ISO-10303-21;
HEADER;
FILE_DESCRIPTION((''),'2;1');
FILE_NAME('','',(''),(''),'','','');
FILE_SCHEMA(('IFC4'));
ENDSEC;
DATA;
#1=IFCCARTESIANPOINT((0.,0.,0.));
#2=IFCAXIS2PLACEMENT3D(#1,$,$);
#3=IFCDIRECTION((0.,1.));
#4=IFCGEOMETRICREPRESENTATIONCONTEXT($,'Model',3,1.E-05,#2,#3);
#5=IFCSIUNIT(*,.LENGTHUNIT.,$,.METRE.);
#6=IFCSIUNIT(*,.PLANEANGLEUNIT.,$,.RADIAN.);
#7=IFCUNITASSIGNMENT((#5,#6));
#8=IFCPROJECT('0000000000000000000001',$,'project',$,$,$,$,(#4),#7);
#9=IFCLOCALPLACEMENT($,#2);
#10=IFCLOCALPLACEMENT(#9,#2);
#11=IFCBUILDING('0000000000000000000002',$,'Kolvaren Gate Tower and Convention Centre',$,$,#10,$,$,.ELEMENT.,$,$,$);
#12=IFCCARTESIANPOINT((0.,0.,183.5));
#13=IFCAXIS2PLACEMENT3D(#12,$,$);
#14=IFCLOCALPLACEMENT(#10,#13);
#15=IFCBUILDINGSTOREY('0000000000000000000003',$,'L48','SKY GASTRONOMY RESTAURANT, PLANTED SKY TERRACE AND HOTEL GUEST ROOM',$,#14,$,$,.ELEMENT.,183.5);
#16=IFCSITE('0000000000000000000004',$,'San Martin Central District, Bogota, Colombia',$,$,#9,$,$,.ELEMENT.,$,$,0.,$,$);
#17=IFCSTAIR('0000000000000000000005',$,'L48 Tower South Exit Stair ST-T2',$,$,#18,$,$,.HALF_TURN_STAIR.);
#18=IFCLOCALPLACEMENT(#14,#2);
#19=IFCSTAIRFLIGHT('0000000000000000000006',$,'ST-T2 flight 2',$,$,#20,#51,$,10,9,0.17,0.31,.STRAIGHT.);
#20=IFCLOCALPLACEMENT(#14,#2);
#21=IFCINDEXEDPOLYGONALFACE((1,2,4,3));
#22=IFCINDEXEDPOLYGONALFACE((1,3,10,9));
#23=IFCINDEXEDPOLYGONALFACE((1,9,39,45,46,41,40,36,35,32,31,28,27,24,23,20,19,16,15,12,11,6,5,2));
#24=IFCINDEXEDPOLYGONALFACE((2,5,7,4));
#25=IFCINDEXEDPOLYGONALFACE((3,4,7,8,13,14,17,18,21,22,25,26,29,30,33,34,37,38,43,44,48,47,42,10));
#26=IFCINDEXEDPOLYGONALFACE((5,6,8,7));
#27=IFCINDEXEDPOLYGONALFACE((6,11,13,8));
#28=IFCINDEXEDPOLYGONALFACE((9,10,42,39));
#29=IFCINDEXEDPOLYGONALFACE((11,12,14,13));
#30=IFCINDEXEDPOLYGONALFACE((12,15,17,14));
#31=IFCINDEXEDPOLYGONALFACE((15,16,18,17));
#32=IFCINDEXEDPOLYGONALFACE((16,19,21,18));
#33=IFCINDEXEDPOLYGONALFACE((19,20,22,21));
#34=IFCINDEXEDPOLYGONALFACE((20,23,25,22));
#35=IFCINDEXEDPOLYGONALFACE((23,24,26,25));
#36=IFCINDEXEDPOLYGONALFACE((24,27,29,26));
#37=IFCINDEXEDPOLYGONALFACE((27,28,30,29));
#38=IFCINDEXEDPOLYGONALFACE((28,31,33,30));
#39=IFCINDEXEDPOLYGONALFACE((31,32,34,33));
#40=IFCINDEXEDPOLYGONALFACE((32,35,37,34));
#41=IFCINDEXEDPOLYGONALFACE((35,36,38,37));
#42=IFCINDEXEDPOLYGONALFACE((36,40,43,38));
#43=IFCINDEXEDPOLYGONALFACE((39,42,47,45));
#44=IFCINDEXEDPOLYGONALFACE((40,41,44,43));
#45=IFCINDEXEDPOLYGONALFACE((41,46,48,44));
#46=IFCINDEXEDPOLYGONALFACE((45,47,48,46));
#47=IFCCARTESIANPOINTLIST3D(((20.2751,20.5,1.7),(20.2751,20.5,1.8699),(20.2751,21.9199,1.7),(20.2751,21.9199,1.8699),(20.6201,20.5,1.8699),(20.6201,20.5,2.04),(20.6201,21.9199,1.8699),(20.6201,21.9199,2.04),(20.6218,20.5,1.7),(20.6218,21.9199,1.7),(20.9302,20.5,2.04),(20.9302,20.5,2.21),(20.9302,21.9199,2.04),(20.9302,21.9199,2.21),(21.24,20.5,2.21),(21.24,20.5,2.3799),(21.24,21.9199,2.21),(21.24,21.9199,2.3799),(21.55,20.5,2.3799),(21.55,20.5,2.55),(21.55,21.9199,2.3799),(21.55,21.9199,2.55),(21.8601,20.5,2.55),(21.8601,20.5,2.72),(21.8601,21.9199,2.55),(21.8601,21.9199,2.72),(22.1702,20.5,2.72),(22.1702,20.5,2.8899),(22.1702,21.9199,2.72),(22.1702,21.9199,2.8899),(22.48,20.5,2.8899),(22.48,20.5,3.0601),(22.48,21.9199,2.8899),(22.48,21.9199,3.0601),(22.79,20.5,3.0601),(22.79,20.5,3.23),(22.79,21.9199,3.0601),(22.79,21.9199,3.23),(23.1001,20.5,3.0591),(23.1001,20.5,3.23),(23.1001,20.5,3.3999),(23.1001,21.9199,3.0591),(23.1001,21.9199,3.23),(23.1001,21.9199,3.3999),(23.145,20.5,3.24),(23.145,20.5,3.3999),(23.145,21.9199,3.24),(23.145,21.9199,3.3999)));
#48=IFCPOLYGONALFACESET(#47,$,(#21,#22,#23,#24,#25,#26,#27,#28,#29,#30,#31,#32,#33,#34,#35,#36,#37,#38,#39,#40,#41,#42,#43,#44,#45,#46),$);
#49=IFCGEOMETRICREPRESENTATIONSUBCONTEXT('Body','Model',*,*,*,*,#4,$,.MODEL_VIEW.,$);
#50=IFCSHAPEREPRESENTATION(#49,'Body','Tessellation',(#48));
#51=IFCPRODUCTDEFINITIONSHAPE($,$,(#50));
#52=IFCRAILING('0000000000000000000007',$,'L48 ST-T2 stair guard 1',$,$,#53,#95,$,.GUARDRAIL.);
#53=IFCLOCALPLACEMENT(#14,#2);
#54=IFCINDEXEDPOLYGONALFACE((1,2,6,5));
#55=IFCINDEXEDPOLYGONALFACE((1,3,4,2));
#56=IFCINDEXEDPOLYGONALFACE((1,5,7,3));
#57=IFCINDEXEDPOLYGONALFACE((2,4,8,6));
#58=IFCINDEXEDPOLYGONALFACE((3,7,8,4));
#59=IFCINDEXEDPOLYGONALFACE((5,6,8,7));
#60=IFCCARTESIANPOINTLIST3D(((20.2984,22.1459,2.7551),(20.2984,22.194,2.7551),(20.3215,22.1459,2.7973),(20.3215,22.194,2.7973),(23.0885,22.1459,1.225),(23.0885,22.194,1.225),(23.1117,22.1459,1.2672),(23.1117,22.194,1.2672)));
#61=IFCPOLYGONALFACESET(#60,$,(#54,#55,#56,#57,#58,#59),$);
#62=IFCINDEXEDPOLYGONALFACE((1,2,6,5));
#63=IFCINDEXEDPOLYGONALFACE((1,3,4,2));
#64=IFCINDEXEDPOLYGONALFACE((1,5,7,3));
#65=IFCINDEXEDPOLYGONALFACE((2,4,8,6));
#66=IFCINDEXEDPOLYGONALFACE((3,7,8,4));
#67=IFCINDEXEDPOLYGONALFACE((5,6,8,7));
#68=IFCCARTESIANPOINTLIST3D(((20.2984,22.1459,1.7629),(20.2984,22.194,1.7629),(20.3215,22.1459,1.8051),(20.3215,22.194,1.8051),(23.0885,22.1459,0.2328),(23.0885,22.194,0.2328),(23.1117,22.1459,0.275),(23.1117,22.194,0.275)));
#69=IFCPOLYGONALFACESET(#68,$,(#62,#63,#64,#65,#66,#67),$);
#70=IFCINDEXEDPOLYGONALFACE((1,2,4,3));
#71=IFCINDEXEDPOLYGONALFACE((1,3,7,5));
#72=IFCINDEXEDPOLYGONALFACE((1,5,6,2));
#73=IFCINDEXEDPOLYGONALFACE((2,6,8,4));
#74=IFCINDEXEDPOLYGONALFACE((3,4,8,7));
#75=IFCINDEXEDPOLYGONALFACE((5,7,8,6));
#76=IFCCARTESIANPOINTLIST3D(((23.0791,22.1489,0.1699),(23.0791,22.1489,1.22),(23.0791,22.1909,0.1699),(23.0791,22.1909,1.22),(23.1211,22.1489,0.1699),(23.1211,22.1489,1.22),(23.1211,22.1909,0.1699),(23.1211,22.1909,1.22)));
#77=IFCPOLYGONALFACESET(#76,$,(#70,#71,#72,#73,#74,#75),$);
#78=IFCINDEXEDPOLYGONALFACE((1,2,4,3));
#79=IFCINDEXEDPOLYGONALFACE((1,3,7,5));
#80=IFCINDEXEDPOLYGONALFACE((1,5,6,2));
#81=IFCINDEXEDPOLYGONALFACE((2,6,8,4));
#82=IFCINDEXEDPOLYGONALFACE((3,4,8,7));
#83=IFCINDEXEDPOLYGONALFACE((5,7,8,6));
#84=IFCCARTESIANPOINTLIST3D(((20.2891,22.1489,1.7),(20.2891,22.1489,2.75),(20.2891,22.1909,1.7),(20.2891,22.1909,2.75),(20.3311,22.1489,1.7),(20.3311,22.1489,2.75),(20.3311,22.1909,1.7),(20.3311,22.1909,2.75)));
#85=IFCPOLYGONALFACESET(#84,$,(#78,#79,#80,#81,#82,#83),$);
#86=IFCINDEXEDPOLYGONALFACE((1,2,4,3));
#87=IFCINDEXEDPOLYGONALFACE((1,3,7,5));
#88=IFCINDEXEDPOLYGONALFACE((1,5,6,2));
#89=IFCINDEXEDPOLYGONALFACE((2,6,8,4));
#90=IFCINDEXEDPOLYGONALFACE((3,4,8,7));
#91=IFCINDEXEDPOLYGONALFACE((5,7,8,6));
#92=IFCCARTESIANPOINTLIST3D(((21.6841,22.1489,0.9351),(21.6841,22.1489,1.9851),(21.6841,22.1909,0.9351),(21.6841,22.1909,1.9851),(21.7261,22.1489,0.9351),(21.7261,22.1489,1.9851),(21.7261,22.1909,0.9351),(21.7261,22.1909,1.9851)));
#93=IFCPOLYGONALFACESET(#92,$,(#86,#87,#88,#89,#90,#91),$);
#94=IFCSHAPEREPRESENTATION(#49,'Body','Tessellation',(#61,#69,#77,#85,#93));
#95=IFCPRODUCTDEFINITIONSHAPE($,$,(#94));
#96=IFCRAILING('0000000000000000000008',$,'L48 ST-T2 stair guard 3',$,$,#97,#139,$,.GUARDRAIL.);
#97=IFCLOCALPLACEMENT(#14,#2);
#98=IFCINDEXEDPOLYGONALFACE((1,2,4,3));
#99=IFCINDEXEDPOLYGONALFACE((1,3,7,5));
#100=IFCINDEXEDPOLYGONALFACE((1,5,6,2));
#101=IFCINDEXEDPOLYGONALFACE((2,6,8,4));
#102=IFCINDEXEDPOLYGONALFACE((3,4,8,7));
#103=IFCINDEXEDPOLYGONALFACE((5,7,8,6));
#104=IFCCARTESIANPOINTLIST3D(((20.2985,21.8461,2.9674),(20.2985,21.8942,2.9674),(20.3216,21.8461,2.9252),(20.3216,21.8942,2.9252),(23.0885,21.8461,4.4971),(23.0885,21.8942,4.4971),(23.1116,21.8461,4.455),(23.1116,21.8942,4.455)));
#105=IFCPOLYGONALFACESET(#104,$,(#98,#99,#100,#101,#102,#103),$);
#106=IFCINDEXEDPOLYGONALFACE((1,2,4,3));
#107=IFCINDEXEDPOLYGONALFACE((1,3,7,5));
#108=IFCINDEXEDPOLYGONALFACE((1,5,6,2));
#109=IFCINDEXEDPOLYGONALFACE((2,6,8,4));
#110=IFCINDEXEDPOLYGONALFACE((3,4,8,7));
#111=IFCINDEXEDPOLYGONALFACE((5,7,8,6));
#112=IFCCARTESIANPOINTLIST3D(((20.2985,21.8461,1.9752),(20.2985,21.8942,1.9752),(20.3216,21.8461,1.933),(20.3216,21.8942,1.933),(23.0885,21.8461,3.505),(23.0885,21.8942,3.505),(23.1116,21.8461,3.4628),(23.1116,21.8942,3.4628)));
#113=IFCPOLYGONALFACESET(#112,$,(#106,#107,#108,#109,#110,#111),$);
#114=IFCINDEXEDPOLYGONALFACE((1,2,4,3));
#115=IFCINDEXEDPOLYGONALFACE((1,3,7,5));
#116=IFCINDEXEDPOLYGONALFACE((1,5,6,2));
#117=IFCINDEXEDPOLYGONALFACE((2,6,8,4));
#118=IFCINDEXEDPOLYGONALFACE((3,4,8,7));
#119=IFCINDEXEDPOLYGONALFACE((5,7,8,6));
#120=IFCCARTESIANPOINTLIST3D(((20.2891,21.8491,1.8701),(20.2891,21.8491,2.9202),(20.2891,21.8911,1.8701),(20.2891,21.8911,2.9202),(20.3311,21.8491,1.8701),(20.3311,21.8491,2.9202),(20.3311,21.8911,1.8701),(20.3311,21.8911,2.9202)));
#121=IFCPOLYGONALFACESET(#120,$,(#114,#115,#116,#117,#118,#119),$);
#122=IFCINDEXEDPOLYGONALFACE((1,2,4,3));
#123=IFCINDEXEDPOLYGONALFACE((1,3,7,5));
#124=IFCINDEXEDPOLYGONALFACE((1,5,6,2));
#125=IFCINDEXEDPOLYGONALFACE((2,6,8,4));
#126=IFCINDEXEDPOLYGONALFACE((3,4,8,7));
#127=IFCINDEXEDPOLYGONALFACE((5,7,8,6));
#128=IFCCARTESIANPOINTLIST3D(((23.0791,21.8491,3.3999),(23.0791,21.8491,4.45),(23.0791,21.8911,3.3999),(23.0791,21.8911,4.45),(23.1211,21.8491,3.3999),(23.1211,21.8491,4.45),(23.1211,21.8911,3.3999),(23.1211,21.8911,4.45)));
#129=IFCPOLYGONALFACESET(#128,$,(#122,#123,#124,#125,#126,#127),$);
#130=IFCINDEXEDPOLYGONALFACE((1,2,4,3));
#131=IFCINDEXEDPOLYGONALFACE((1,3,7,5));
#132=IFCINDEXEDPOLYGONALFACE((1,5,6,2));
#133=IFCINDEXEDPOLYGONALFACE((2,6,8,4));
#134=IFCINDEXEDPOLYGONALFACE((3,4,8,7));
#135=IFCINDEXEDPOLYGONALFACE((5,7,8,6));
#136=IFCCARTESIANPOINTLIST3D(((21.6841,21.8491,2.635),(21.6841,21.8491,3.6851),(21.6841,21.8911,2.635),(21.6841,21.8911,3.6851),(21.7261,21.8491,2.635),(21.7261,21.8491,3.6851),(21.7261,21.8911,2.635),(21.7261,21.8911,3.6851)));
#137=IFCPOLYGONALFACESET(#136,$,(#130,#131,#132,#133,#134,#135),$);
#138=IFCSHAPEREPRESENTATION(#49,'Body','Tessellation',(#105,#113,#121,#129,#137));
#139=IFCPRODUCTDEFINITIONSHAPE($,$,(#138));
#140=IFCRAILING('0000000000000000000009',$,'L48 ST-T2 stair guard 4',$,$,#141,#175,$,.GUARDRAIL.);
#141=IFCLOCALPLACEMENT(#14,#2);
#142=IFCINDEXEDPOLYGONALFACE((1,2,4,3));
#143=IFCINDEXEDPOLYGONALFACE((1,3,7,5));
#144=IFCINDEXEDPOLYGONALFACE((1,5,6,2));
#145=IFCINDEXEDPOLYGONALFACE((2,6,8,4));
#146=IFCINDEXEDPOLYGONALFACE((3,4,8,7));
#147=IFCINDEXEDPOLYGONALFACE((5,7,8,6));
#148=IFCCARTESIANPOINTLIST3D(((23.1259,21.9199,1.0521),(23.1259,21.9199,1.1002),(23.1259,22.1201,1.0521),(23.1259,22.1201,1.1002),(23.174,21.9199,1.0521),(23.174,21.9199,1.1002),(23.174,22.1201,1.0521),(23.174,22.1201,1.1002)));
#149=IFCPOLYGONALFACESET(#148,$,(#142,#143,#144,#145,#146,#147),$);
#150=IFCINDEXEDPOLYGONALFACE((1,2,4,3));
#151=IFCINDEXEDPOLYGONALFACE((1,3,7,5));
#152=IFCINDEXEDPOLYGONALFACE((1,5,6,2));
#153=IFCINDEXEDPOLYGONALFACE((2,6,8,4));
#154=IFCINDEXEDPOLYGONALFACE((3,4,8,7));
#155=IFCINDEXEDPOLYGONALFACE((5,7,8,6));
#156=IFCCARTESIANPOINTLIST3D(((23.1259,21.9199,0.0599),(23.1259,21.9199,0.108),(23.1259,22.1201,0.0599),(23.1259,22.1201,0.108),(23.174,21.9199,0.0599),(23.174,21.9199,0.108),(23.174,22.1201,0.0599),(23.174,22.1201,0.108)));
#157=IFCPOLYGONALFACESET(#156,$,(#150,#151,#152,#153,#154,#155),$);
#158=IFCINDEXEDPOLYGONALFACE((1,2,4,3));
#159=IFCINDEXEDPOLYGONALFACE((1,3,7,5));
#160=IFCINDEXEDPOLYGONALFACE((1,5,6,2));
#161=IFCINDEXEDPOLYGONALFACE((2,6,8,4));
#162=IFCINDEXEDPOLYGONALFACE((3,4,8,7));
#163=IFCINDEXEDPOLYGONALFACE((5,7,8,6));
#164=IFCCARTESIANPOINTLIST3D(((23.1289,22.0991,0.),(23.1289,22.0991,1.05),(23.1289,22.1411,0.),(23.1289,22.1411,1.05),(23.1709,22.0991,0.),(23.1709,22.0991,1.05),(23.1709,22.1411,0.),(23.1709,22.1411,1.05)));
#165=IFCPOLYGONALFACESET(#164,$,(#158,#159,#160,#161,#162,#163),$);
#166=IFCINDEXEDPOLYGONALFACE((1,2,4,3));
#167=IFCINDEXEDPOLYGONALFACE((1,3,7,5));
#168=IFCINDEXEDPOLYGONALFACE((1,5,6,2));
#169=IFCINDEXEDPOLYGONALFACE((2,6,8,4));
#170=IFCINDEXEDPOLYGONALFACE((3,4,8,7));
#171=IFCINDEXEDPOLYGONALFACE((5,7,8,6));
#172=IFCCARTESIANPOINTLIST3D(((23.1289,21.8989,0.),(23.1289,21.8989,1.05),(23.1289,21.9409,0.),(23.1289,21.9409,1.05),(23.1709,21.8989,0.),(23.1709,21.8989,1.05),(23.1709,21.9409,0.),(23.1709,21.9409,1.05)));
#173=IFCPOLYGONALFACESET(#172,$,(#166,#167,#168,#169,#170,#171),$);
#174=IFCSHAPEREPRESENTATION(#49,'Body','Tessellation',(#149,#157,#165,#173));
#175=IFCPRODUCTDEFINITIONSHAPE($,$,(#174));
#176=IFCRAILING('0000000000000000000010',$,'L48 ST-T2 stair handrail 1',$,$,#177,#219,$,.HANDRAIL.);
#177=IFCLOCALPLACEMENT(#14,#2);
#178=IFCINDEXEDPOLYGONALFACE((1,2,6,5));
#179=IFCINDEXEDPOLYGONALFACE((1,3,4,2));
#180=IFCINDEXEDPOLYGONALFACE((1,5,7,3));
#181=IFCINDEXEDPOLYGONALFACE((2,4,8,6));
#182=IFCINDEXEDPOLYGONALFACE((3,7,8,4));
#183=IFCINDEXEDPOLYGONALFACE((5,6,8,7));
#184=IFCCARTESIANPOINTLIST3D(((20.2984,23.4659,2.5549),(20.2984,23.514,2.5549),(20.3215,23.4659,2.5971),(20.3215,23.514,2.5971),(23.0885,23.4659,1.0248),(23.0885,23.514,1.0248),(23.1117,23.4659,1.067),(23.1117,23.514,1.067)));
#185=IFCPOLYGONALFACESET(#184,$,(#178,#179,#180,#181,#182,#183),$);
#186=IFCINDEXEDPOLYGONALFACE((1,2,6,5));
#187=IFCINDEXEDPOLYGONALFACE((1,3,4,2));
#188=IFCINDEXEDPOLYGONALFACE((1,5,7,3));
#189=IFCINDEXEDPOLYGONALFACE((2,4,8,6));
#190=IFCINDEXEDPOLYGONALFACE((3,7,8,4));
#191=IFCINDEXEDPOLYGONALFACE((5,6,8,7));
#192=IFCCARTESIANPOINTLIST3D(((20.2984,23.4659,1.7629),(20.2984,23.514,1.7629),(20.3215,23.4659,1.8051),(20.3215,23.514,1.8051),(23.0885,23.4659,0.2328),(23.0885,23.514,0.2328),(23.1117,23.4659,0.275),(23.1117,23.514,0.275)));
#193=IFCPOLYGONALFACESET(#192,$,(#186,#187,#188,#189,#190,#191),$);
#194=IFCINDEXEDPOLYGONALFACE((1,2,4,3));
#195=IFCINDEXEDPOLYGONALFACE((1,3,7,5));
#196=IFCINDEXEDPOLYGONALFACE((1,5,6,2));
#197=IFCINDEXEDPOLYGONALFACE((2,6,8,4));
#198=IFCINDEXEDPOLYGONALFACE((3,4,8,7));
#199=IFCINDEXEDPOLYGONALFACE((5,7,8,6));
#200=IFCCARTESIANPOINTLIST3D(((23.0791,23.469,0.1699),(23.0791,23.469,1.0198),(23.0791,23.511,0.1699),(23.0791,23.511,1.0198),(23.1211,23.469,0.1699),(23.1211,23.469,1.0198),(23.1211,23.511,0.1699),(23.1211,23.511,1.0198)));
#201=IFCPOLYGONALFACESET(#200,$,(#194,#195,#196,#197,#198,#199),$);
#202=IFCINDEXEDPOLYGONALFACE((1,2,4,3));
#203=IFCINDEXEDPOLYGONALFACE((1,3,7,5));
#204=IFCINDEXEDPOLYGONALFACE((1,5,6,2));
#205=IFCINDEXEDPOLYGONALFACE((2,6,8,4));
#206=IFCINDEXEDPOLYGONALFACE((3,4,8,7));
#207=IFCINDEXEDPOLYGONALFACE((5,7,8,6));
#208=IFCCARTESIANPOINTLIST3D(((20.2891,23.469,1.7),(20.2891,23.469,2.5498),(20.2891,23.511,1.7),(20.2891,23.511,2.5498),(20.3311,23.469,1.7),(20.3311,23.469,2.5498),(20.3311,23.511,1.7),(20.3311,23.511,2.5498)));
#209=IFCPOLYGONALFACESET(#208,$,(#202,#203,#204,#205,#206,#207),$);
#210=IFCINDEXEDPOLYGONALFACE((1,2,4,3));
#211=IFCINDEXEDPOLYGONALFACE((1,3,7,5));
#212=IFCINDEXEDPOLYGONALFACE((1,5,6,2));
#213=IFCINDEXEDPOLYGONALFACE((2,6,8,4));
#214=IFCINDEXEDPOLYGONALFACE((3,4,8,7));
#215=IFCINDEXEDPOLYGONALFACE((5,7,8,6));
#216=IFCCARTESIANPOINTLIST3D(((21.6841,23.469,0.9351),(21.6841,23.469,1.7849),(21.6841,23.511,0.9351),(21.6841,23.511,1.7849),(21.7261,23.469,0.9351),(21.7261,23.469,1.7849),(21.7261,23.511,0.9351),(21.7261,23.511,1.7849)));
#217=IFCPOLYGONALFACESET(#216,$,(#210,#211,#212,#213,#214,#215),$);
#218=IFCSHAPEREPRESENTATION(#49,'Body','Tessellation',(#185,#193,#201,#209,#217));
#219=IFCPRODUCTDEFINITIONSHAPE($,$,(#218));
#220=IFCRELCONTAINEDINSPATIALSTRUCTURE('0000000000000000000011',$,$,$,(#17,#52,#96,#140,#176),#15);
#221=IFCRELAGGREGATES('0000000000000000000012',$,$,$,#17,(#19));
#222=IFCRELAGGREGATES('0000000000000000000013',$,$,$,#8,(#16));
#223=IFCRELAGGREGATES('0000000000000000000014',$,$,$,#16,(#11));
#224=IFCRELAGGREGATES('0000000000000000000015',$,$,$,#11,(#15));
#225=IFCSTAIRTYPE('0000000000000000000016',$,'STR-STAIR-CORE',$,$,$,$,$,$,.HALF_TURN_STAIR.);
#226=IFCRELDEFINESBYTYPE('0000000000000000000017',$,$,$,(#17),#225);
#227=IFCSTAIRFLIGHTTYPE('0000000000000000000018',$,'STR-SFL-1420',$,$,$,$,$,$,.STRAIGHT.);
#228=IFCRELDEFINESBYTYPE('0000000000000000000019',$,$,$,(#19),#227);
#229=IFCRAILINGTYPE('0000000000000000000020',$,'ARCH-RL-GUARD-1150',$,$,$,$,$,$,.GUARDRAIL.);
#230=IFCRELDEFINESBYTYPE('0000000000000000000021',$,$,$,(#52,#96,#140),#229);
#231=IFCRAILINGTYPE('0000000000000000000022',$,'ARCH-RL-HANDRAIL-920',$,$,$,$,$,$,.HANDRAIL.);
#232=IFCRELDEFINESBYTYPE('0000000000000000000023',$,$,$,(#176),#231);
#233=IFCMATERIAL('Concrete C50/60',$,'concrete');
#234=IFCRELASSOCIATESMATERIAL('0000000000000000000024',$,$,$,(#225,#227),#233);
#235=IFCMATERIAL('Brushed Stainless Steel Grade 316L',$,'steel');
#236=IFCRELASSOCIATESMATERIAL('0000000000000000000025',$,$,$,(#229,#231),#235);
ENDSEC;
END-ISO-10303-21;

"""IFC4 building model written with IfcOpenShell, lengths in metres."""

from ifc_helpers import new_model, si_unit, direction, frame, origin, origin_2d, place, context, subcontext, project, spatial, polyline, rectangle, outline, extrude, material, type_object, element, aggregate, save


model = new_model("IFC4")

# Units and contexts
model_context = context("Model", 3, precision=1e-05, world=origin(), true_north=direction((0.0, 1.0)))
body_context = subcontext(model_context, "Body", "Model", "MODEL_VIEW")
ifc_project = project(units=[si_unit("LENGTHUNIT", "METRE"), si_unit("PLANEANGLEUNIT", "RADIAN")], contexts=[model_context])

# Site, building, storey
site_placement = place(None, origin())
site = spatial("IfcSite", under=ifc_project, at=site_placement, Name="San Martin Central District, Bogota, Colombia", CompositionType="ELEMENT", RefElevation=0.0)
building_placement = place(site_placement, origin())
building = spatial("IfcBuilding", under=site, at=building_placement, Name="Kolvaren Gate Tower and Convention Centre", CompositionType="ELEMENT")
storey_placement = place(building_placement, frame((0.0, 0.0, 183.5)))
storey = spatial("IfcBuildingStorey", under=building, at=storey_placement, Name="L48", Description="SKY GASTRONOMY RESTAURANT, PLANTED SKY TERRACE AND HOTEL GUEST ROOM", CompositionType="ELEMENT", Elevation=183.5)

# Shared definitions
ifc_material_1 = material(Name="Brushed Stainless Steel Grade 316L", Category="steel")

# Shared definitions
ifc_material_2 = material(Name="Concrete C50/60", Category="concrete")

# Stair, stair flight
stair_type = type_object("IfcStairType", Name="STR-STAIR-CORE", PredefinedType="HALF_TURN_STAIR", material=ifc_material_2)
stair_placement = place(storey_placement, origin())
stair = element("IfcStair", 1, at=stair_placement, inside=storey, type_object=stair_type, Name="L48 Tower South Exit Stair ST-T2", PredefinedType="HALF_TURN_STAIR")
stair_flight_type = type_object("IfcStairFlightType", Name="STR-SFL-1420", PredefinedType="STRAIGHT", material=ifc_material_2)
stair_flight_1_placement = place(storey_placement, frame((20.3101, 21.21, 1.7), z_axis=(0.0, 0.0, 1.0), x_axis=(1.0, 0.0, 0.0)))
stair_flight_1 = element("IfcStairFlight", 2, at=stair_flight_1_placement, type_object=stair_flight_type, Name="ST-T2 flight 2", NumberOfRisers=10, NumberOfTreads=9, PredefinedType="STRAIGHT", RiserHeight=0.17, TreadLength=0.31, context=body_context, shape_type="SweptSolid", body=[
    extrude(outline(polyline([(-0.0349, 0.0), (-0.0349, 0.1699), (0.3101, 0.1699), (0.3101, 0.3401), (0.6201, 0.3401), (0.6201, 0.51), (0.9299, 0.51), (0.9299, 0.6799), (1.24, 0.6799), (1.24, 0.8501), (1.55, 0.8501), (1.55, 1.02), (1.8601, 1.02), (1.8601, 1.1899), (2.1699, 1.1899), (2.1699, 1.3601), (2.48, 1.3601), (2.48, 1.53), (2.79, 1.53), (2.79, 1.7), (2.835, 1.7), (2.835, 1.54), (2.79, 1.3591), (0.3118, 0.0), (-0.0349, 0.0)])), frame((0.0, 0.71, 0.0), z_axis=(0.0, -1.0, 0.0), x_axis=(1.0, 0.0, 0.0)), (0.0, 0.0, 1.0), 1.4199),
])
aggregate(stair, [stair_flight_1])

# Railings
railing_type_1 = type_object("IfcRailingType", Name="ARCH-RL-GUARD-1150", PredefinedType="GUARDRAIL", material=ifc_material_1)
railing_1_placement = place(storey_placement, frame((23.1001, 22.1699, 0.1699)))
element("IfcRailing", 3, at=railing_1_placement, inside=storey, type_object=railing_type_1, Name="L48 ST-T2 stair guard 1", PredefinedType="GUARDRAIL", context=body_context, shape_type="SweptSolid", body=[
    extrude(rectangle(XDim=0.0481, YDim=0.0481, at=origin_2d()), frame((0.0, 0.0, 1.0762), z_axis=(-0.876811, 0.0, 0.480835), x_axis=(0.0, -1.0, 0.0)), (0.0, 0.0, 1.0), 3.1821),
    extrude(rectangle(XDim=0.0481, YDim=0.0481, at=origin_2d()), frame((0.0, 0.0, 0.084), z_axis=(-0.876811, 0.0, 0.480835), x_axis=(0.0, -1.0, 0.0)), (0.0, 0.0, 1.0), 3.1821),
    extrude(rectangle(XDim=0.042, YDim=0.042, at=origin_2d()), origin(), (0.0, 0.0, 1.0), 1.05),
    extrude(rectangle(XDim=0.042, YDim=0.042, at=origin_2d()), frame((-2.79, 0.0, 1.53)), (0.0, 0.0, 1.0), 1.05),
    extrude(rectangle(XDim=0.042, YDim=0.042, at=origin_2d()), frame((-1.395, 0.0, 0.7651)), (0.0, 0.0, 1.0), 1.05),
])
railing_2_placement = place(storey_placement, frame((20.3101, 21.8701, 1.8701)))
element("IfcRailing", 4, at=railing_2_placement, inside=storey, type_object=railing_type_1, Name="L48 ST-T2 stair guard 3", PredefinedType="GUARDRAIL", context=body_context, shape_type="SweptSolid", body=[
    extrude(rectangle(XDim=0.0481, YDim=0.0481, at=origin_2d()), frame((0.0, 0.0, 1.0762), z_axis=(0.876844, 0.0, 0.480776), x_axis=(0.0, 1.0, 0.0)), (0.0, 0.0, 1.0), 3.1819),
    extrude(rectangle(XDim=0.0481, YDim=0.0481, at=origin_2d()), frame((0.0, 0.0, 0.084), z_axis=(0.876844, 0.0, 0.480776), x_axis=(0.0, 1.0, 0.0)), (0.0, 0.0, 1.0), 3.1819),
    extrude(rectangle(XDim=0.042, YDim=0.042, at=origin_2d()), origin(), (0.0, 0.0, 1.0), 1.05),
    extrude(rectangle(XDim=0.042, YDim=0.042, at=origin_2d()), frame((2.79, 0.0, 1.5298)), (0.0, 0.0, 1.0), 1.05),
    extrude(rectangle(XDim=0.042, YDim=0.042, at=origin_2d()), frame((1.395, 0.0, 0.7649)), (0.0, 0.0, 1.0), 1.05),
])
railing_3_placement = place(storey_placement, frame((23.1499, 22.1201, 0.0)))
element("IfcRailing", 5, at=railing_3_placement, inside=storey, type_object=railing_type_1, Name="L48 ST-T2 stair guard 4", PredefinedType="GUARDRAIL", context=body_context, shape_type="SweptSolid", body=[
    extrude(rectangle(XDim=0.0481, YDim=0.0481, at=origin_2d()), frame((0.0, 0.0, 1.0762), z_axis=(0.0, -1.0, 0.0), x_axis=(1.0, 0.0, 0.0)), (0.0, 0.0, 1.0), 0.2002),
    extrude(rectangle(XDim=0.0481, YDim=0.0481, at=origin_2d()), frame((0.0, 0.0, 0.084), z_axis=(0.0, -1.0, 0.0), x_axis=(1.0, 0.0, 0.0)), (0.0, 0.0, 1.0), 0.2002),
    extrude(rectangle(XDim=0.042, YDim=0.042, at=origin_2d()), origin(), (0.0, 0.0, 1.0), 1.05),
    extrude(rectangle(XDim=0.042, YDim=0.042, at=origin_2d()), frame((0.0, -0.2002, 0.0)), (0.0, 0.0, 1.0), 1.05),
])
railing_type_2 = type_object("IfcRailingType", Name="ARCH-RL-HANDRAIL-920", PredefinedType="HANDRAIL", material=ifc_material_1)
railing_4_placement = place(storey_placement, frame((23.1001, 23.49, 0.1699)))
element("IfcRailing", 6, at=railing_4_placement, inside=storey, type_object=railing_type_2, Name="L48 ST-T2 stair handrail 1", PredefinedType="HANDRAIL", context=body_context, shape_type="SweptSolid", body=[
    extrude(rectangle(XDim=0.0481, YDim=0.0481, at=origin_2d()), frame((0.0, 0.0, 0.876), z_axis=(-0.876811, 0.0, 0.480835), x_axis=(0.0, -1.0, 0.0)), (0.0, 0.0, 1.0), 3.1821),
    extrude(rectangle(XDim=0.0481, YDim=0.0481, at=origin_2d()), frame((0.0, 0.0, 0.084), z_axis=(-0.876811, 0.0, 0.480835), x_axis=(0.0, -1.0, 0.0)), (0.0, 0.0, 1.0), 3.1821),
    extrude(rectangle(XDim=0.042, YDim=0.042, at=origin_2d()), origin(), (0.0, 0.0, 1.0), 0.8499),
    extrude(rectangle(XDim=0.042, YDim=0.042, at=origin_2d()), frame((-2.79, 0.0, 1.53)), (0.0, 0.0, 1.0), 0.8499),
    extrude(rectangle(XDim=0.042, YDim=0.042, at=origin_2d()), frame((-1.395, 0.0, 0.7651)), (0.0, 0.0, 1.0), 0.8499),
])

save(model, "model.ifc")
